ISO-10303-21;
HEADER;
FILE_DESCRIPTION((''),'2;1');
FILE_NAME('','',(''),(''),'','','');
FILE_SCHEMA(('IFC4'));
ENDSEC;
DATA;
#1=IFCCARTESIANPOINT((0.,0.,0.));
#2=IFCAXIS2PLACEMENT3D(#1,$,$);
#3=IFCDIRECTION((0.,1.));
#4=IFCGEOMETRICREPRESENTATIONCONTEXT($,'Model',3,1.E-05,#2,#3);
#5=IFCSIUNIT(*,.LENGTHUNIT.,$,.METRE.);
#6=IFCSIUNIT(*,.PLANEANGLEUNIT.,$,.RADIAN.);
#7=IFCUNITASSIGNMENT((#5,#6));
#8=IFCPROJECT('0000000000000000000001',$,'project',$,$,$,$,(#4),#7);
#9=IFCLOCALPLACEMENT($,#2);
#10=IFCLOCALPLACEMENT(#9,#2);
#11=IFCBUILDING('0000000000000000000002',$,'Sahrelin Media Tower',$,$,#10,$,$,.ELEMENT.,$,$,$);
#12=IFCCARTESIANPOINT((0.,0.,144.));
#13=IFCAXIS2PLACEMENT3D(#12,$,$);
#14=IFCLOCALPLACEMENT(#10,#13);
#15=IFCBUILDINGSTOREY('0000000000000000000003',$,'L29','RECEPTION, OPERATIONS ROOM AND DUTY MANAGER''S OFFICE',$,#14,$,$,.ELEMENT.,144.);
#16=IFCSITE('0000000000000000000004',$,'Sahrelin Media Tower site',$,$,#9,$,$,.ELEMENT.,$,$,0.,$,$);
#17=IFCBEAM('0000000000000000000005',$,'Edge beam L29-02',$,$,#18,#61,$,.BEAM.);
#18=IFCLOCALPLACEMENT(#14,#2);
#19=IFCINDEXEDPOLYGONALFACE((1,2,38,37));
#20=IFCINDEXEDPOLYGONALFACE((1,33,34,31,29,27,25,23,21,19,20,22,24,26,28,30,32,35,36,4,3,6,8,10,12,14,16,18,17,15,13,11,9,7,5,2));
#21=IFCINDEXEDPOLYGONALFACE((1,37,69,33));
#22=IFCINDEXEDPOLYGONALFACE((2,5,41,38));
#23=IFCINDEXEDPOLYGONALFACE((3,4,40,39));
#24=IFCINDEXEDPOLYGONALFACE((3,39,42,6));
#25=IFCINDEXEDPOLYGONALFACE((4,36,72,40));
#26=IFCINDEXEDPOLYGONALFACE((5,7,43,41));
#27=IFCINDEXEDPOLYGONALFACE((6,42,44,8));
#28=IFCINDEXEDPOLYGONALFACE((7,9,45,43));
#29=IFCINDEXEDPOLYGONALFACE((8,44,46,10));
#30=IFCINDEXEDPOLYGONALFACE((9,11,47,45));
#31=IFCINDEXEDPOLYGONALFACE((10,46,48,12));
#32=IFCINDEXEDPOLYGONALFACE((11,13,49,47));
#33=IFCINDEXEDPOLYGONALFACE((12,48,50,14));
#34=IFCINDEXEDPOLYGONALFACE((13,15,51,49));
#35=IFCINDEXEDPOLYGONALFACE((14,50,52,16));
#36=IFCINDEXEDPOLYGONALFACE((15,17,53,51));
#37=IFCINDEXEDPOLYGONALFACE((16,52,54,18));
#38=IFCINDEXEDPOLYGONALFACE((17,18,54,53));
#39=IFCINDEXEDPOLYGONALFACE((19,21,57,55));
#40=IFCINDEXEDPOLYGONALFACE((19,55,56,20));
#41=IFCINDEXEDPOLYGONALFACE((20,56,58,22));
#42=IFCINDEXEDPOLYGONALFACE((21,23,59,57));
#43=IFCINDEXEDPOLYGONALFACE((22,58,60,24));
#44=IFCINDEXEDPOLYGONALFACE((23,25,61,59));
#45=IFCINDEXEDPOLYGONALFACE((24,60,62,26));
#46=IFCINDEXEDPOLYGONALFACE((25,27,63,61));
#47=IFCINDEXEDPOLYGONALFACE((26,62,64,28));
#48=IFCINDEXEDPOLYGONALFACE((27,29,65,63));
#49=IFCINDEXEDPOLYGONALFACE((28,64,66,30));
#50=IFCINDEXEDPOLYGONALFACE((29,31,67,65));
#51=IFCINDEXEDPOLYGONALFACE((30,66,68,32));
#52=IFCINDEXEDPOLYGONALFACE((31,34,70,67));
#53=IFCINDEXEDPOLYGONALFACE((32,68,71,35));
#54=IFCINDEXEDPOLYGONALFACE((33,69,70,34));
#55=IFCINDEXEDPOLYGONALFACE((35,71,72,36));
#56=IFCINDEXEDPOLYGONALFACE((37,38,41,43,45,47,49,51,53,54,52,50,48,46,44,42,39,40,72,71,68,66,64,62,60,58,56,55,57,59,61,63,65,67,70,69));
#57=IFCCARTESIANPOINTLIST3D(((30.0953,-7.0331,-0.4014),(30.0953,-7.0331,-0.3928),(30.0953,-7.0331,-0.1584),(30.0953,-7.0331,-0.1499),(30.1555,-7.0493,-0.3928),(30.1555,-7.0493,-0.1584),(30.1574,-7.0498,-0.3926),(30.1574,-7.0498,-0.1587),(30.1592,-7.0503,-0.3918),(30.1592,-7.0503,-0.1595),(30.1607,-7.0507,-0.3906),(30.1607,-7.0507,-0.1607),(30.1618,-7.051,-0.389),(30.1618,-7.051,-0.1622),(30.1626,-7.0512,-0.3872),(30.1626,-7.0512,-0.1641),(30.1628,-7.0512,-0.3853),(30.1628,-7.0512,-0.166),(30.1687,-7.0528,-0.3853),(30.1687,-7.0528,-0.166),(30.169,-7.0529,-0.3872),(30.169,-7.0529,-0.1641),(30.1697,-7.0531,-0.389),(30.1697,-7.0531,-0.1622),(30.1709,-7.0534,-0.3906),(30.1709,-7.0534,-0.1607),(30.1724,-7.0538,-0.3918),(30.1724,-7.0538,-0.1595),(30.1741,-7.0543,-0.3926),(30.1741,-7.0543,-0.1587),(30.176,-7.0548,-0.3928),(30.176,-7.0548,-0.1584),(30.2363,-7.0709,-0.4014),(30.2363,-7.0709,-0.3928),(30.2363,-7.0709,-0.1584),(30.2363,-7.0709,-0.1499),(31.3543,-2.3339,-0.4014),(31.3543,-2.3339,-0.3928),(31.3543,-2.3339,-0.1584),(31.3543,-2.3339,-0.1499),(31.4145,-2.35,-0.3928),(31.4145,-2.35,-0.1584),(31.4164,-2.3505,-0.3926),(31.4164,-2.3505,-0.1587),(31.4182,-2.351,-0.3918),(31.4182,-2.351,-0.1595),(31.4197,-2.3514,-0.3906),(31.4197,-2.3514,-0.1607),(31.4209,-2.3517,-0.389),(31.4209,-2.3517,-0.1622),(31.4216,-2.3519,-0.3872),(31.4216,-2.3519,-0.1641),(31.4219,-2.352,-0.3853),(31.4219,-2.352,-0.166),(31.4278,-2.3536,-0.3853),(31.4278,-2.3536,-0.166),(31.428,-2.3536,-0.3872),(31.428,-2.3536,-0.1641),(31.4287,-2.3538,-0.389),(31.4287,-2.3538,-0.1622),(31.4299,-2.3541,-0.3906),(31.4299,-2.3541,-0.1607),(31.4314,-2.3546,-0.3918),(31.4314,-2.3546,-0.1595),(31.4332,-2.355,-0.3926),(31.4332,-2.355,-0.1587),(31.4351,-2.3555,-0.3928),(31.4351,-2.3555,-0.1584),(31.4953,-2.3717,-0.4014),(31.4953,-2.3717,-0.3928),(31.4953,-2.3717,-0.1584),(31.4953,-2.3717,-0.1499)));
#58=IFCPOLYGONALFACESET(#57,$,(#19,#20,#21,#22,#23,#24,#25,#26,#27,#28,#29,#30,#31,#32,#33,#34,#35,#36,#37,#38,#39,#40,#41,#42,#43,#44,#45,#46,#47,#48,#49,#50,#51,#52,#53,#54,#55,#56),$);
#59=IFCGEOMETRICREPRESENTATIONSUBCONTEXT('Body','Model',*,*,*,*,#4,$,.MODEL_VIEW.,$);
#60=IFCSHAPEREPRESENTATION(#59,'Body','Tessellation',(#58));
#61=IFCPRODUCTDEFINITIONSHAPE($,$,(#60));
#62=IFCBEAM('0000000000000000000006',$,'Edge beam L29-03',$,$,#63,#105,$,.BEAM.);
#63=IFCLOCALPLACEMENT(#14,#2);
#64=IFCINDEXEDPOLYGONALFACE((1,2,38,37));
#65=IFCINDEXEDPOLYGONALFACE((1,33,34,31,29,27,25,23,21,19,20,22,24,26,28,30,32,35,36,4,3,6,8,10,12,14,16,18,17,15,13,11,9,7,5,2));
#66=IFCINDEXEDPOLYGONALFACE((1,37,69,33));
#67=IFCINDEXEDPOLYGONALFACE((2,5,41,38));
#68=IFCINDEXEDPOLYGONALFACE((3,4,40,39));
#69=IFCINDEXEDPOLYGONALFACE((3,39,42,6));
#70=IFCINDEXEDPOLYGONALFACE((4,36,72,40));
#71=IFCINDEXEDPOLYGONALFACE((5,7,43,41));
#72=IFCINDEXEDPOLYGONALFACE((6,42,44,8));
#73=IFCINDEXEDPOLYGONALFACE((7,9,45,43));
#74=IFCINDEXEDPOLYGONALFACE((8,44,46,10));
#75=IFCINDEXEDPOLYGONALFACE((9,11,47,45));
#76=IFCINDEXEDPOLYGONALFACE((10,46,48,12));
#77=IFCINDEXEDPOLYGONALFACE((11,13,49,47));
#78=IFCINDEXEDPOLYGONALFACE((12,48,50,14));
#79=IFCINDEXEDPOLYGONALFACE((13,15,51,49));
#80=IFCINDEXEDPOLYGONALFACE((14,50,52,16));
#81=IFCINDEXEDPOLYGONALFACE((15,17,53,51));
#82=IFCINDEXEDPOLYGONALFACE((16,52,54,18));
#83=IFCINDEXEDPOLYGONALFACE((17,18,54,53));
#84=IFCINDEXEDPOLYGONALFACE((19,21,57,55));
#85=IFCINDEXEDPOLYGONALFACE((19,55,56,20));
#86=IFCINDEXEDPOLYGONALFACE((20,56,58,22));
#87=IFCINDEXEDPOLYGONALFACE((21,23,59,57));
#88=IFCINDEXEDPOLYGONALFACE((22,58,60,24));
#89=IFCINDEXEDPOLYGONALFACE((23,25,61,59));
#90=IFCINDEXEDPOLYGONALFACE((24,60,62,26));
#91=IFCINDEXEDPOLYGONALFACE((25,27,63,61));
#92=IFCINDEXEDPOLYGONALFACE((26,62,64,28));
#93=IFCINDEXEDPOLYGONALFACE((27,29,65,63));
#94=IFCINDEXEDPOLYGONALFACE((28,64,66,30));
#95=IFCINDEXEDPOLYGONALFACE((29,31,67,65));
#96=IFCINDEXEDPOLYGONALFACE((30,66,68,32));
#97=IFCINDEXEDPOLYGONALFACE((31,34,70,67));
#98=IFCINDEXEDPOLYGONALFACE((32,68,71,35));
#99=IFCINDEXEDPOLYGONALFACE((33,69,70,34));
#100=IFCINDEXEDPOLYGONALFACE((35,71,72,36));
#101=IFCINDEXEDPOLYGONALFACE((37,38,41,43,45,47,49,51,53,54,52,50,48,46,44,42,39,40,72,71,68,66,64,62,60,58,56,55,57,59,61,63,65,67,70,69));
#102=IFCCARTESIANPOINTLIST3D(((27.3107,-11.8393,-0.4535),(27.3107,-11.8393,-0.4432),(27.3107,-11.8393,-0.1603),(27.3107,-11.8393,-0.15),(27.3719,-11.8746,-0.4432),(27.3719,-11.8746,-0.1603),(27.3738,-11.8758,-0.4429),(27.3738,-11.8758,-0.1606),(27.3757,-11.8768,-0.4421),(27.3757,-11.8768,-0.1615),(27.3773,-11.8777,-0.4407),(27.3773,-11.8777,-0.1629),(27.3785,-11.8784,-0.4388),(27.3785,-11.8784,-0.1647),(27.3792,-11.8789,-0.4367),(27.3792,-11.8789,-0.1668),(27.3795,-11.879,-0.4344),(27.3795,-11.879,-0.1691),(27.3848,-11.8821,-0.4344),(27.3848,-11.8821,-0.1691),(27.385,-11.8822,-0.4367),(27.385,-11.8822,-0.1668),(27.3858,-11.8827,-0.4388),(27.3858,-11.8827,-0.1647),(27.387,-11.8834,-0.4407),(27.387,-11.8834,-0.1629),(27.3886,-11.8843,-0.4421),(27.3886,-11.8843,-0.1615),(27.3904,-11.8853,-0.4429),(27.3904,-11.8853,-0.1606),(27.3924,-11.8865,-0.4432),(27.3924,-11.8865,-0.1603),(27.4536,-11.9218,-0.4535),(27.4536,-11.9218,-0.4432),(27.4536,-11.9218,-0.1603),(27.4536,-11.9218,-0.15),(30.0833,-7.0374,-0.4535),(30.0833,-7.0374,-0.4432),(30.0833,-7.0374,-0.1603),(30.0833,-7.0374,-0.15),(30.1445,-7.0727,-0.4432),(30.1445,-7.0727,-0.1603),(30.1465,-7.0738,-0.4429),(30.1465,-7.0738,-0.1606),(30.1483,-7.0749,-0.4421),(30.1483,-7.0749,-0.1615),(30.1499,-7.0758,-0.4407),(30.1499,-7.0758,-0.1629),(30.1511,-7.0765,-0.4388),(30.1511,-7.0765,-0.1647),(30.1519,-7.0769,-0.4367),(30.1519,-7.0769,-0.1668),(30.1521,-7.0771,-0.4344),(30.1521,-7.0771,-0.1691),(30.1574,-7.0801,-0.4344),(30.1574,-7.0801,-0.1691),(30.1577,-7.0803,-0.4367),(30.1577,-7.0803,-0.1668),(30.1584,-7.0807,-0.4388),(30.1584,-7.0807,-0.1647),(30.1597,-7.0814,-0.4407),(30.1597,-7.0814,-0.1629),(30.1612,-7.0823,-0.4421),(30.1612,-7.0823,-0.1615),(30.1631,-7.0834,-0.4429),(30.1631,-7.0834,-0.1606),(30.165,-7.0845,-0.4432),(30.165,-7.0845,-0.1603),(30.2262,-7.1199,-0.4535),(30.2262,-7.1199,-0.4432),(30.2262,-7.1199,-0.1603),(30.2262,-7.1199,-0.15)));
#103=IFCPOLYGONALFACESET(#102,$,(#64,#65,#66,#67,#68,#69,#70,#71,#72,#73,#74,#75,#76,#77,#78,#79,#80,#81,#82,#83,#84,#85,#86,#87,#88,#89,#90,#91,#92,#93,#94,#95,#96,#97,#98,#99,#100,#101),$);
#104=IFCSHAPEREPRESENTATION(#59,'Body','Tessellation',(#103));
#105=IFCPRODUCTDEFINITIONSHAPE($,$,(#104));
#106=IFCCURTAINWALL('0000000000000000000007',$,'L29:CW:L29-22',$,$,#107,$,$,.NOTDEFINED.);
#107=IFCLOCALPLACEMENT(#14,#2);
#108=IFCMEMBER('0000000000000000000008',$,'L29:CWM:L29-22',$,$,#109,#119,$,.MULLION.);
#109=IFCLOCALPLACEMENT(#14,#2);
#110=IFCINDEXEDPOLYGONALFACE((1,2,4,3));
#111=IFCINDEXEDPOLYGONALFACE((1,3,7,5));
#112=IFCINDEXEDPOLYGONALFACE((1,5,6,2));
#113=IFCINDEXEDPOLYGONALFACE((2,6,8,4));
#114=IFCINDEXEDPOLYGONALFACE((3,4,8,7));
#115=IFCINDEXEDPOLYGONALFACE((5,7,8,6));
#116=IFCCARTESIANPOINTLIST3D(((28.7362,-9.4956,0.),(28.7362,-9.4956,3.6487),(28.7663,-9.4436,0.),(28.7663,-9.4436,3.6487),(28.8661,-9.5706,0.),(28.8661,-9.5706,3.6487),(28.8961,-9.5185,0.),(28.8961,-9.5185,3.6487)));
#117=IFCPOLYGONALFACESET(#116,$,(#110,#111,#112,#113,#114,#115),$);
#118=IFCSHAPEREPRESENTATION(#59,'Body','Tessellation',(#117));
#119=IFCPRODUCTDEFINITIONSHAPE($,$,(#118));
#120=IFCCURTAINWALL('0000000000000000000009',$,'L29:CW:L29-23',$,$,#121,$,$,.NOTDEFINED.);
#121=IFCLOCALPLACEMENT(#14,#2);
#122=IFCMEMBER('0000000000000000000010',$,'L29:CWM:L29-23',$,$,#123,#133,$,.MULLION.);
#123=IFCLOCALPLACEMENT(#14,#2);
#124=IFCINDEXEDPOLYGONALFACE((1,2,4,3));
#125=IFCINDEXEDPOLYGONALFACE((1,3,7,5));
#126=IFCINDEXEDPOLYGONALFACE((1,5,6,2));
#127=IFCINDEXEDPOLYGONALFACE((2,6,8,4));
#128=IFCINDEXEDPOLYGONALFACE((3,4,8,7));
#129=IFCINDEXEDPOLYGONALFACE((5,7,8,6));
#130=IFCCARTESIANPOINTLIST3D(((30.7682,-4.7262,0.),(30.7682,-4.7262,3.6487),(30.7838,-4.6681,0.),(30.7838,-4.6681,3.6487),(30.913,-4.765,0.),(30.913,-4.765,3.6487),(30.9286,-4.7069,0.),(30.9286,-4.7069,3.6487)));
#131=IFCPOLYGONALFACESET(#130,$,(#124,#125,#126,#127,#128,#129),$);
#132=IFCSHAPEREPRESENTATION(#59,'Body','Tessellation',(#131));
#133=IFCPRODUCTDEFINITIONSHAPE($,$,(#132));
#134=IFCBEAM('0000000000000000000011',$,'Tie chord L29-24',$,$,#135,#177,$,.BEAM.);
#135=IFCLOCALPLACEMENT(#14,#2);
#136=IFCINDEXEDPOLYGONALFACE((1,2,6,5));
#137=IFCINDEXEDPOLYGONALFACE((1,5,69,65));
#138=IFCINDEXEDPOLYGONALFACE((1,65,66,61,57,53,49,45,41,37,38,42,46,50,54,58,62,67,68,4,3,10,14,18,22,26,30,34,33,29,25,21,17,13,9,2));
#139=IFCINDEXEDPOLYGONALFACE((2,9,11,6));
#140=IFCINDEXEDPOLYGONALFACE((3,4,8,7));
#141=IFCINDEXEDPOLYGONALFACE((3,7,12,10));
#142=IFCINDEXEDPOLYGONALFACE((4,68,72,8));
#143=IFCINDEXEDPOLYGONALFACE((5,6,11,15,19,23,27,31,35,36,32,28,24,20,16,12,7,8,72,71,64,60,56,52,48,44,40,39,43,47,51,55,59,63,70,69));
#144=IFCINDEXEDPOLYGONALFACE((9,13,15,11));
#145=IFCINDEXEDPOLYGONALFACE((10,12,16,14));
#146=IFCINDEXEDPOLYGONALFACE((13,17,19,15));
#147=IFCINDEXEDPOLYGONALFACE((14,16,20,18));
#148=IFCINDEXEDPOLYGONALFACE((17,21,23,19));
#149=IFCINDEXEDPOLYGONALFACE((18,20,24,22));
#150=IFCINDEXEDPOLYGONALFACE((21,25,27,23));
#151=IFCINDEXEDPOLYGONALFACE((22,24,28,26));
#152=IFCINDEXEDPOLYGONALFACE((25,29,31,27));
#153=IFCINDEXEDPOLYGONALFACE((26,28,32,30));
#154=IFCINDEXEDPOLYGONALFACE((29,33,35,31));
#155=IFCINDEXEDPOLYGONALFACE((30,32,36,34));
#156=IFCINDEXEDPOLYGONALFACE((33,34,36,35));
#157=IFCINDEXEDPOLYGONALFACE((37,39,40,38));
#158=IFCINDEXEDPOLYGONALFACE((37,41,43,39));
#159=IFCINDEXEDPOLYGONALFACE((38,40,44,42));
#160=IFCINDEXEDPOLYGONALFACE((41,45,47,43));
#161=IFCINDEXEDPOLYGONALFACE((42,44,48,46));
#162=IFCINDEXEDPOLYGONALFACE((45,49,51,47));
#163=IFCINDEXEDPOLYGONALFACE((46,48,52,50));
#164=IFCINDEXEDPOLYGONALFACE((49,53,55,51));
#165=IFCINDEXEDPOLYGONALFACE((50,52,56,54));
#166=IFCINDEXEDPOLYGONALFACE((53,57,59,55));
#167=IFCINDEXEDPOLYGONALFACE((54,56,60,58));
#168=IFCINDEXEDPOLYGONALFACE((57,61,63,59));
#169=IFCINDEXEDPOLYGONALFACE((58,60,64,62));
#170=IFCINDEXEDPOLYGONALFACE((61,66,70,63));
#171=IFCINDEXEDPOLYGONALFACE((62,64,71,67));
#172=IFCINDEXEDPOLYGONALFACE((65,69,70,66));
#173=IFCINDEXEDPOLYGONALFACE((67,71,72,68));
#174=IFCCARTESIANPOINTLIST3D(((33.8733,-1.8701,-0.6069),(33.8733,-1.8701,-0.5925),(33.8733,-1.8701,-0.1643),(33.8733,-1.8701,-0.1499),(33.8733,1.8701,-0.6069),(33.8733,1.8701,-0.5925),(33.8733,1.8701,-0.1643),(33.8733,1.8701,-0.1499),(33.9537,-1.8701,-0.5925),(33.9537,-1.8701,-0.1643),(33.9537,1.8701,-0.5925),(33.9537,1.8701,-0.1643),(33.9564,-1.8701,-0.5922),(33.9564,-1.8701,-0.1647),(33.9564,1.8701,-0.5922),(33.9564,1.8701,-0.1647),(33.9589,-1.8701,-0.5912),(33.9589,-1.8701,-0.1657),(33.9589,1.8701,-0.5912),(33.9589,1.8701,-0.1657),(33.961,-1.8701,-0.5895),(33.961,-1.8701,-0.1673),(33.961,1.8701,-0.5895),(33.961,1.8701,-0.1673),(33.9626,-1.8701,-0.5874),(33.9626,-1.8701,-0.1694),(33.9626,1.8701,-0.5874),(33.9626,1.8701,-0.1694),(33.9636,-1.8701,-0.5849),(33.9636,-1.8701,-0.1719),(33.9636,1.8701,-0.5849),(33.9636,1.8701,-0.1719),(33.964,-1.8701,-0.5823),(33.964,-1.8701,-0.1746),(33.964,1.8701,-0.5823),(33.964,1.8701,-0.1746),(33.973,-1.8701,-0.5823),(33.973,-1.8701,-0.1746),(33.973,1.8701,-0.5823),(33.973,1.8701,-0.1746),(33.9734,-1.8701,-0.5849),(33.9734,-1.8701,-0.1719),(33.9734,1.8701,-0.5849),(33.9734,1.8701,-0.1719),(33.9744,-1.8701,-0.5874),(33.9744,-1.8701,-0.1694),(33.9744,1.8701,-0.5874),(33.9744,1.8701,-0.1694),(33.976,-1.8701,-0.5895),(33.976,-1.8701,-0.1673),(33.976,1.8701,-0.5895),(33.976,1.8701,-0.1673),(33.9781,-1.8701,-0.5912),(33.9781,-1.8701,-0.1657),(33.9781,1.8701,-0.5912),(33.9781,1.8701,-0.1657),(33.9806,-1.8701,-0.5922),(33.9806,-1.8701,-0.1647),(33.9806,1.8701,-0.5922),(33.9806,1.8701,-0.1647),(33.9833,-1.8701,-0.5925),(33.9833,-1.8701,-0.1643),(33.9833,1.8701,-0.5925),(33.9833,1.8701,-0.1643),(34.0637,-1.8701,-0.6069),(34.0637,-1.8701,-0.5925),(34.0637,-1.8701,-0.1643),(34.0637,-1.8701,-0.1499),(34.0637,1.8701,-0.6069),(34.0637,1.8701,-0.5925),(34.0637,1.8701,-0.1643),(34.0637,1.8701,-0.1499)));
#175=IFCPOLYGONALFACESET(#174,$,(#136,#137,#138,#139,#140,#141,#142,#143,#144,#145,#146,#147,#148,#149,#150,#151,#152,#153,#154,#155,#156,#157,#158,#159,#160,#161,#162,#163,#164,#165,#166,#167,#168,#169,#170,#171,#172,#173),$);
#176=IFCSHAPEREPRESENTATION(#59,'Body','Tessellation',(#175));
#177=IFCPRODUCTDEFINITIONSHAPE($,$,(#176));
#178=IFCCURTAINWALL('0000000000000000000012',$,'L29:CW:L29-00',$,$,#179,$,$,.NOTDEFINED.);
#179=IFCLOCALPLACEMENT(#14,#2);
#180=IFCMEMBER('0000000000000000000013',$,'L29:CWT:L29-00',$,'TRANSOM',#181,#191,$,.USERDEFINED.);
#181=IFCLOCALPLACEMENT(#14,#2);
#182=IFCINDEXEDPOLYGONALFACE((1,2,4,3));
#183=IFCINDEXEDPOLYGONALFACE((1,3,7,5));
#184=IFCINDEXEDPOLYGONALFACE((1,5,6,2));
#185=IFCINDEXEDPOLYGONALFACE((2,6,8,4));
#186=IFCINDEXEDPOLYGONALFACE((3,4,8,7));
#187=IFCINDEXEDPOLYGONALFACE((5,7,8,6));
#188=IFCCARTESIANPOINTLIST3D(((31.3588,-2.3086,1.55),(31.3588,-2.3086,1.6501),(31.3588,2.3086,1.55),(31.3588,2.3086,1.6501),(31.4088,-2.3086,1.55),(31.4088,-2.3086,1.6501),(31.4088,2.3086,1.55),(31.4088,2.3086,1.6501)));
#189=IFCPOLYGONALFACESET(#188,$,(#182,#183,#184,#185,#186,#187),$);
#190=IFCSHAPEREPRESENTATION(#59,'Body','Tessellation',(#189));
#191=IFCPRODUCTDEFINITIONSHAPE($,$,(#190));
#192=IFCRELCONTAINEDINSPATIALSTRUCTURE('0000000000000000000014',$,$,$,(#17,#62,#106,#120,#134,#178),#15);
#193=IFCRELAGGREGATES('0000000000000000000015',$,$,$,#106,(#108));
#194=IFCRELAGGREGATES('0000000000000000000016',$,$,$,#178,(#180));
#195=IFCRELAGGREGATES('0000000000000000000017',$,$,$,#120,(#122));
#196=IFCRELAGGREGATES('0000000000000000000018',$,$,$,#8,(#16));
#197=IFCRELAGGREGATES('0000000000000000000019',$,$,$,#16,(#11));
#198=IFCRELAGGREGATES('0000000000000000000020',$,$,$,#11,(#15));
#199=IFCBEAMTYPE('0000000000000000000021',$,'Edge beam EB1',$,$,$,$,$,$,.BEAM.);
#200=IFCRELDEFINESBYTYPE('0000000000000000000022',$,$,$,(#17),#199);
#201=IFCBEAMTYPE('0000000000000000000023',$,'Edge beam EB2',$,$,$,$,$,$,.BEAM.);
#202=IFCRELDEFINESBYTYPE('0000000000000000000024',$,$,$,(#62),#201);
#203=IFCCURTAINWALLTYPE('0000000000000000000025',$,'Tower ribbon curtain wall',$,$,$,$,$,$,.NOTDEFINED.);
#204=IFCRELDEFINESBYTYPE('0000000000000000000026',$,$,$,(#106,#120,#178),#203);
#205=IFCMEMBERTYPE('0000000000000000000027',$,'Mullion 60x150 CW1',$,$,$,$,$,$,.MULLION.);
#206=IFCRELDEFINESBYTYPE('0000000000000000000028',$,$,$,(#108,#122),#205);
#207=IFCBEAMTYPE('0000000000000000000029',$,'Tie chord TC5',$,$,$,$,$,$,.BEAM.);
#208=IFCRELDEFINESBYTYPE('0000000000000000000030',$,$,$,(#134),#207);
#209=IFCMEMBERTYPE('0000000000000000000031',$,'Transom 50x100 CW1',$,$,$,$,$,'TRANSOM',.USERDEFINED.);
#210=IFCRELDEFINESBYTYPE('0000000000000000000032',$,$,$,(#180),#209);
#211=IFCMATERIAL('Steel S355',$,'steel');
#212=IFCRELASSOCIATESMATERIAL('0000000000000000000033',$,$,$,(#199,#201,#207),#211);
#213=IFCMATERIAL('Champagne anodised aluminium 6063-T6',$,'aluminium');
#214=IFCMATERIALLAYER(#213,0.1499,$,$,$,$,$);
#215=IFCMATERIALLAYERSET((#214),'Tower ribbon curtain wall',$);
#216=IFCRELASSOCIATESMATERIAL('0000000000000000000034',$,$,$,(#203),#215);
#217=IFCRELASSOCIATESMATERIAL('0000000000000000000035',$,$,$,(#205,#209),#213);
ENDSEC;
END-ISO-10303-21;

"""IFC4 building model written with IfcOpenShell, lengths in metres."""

from ifc_helpers import new_model, si_unit, direction, frame, origin, origin_2d, place, context, subcontext, project, spatial, rectangle, i_section, extrude, material, layer, layer_set, material_profile, profile_set, type_object, element, aggregate, save


model = new_model("IFC4")

# Units and contexts
model_context = context("Model", 3, precision=1e-05, world=origin(), true_north=direction((0.0, 1.0)))
body_context = subcontext(model_context, "Body", "Model", "MODEL_VIEW")
ifc_project = project(units=[si_unit("LENGTHUNIT", "METRE"), si_unit("PLANEANGLEUNIT", "RADIAN")], contexts=[model_context])

# Site, building, storey
site_placement = place(None, origin())
site = spatial("IfcSite", under=ifc_project, at=site_placement, Name="Sahrelin Media Tower site", CompositionType="ELEMENT", RefElevation=0.0)
building_placement = place(site_placement, origin())
building = spatial("IfcBuilding", under=site, at=building_placement, Name="Sahrelin Media Tower", CompositionType="ELEMENT")
storey_placement = place(building_placement, frame((0.0, 0.0, 144.0)))
storey = spatial("IfcBuildingStorey", under=building, at=storey_placement, Name="L29", Description="RECEPTION, OPERATIONS ROOM AND DUTY MANAGER'S OFFICE", CompositionType="ELEMENT", Elevation=144.0)

# Beams
ifc_material_1 = material(Name="Steel S355", Category="steel")
ifc_material_profile_1 = material_profile(ifc_material_1, i_section(OverallWidth=0.146, OverallDepth=0.2515, WebThickness=0.0061, FlangeThickness=0.0085, FilletRadius=0.0076, at=origin_2d()), Name="UB 254x146x31")
ifc_profile_set_1 = profile_set([ifc_material_profile_1], Name="Steel S355")
beam_type_1 = type_object("IfcBeamType", Name="Edge beam EB1", PredefinedType="BEAM", material=ifc_profile_set_1)
beam_1_placement = place(storey_placement, frame((31.4248, -2.3528, -0.2756), z_axis=(-0.258796, -0.965932, 0.0), x_axis=(0.965932, -0.258796, 0.0)))
element("IfcBeam", 1, at=beam_1_placement, inside=storey, type_object=beam_type_1, Name="Edge beam L29-02", PredefinedType="BEAM", context=body_context, shape_type="SweptSolid", body=[
    extrude(i_section(OverallWidth=0.146, OverallDepth=0.2515, WebThickness=0.0061, FlangeThickness=0.0085, FilletRadius=0.0076, at=origin_2d()), origin(), (0.0, 0.0, 1.0), 4.865),
])
ifc_material_profile_2 = material_profile(ifc_material_1, i_section(OverallWidth=0.165, OverallDepth=0.3035, WebThickness=0.0061, FlangeThickness=0.0103, FilletRadius=0.0088, at=origin_2d()), Name="UB 305x165x40")
ifc_profile_set_2 = profile_set([ifc_material_profile_2], Name="Steel S355")
beam_type_2 = type_object("IfcBeamType", Name="Edge beam EB2", PredefinedType="BEAM", material=ifc_profile_set_2)
beam_2_placement = place(storey_placement, frame((30.1548, -7.0786, -0.3018), z_axis=(-0.500036, -0.866004, 0.0), x_axis=(0.866004, -0.500036, 0.0)))
element("IfcBeam", 2, at=beam_2_placement, inside=storey, type_object=beam_type_2, Name="Edge beam L29-03", PredefinedType="BEAM", context=body_context, shape_type="SweptSolid", body=[
    extrude(i_section(OverallWidth=0.165, OverallDepth=0.3035, WebThickness=0.0061, FlangeThickness=0.0103, FilletRadius=0.0088, at=origin_2d()), origin(), (0.0, 0.0, 1.0), 5.5449),
])

# Curtain walls, members
ifc_material_2 = material(Name="Champagne anodised aluminium 6063-T6", Category="aluminium")
ifc_layer_1 = layer(ifc_material_2, 0.1499)
ifc_layer_set_1 = layer_set([ifc_layer_1], Name="Tower ribbon curtain wall")
curtain_wall_type = type_object("IfcCurtainWallType", Name="Tower ribbon curtain wall", PredefinedType="NOTDEFINED", material=ifc_layer_set_1)
curtain_wall_1_placement = place(storey_placement, frame((28.8984, -9.5547, 0.0), z_axis=(0.0, 0.0, 1.0), x_axis=(1.0, 0.0, 0.0)))
curtain_wall_1 = element("IfcCurtainWall", 3, at=curtain_wall_1_placement, inside=storey, type_object=curtain_wall_type, Name="L29:CW:L29-22", PredefinedType="NOTDEFINED")
ifc_material_profile_3 = material_profile(ifc_material_2, rectangle(XDim=0.0601, YDim=0.1499, at=origin_2d()), Name="Mullion 60x150")
ifc_profile_set_3 = profile_set([ifc_material_profile_3], Name="Champagne anodised aluminium 6063-T6")
member_type_1 = type_object("IfcMemberType", Name="Mullion 60x150 CW1", PredefinedType="MULLION", material=ifc_profile_set_3)
member_1_placement = place(storey_placement, frame((28.8162, -9.5071, 0.0), z_axis=(0.0, 0.0, 1.0), x_axis=(0.499994, 0.866029, 0.0)))
member_1 = element("IfcMember", 4, at=member_1_placement, type_object=member_type_1, Name="L29:CWM:L29-22", PredefinedType="MULLION", context=body_context, shape_type="SweptSolid", body=[
    extrude(rectangle(XDim=0.0601, YDim=0.1499, at=origin_2d()), origin(), (0.0, 0.0, 1.0), 3.6487),
])
aggregate(curtain_wall_1, [member_1])
curtain_wall_2_placement = place(storey_placement, frame((30.9402, -4.7412, 0.0), z_axis=(0.0, 0.0, 1.0), x_axis=(1.0, 0.0, 0.0)))
curtain_wall_2 = element("IfcCurtainWall", 5, at=curtain_wall_2_placement, inside=storey, type_object=curtain_wall_type, Name="L29:CW:L29-23", PredefinedType="NOTDEFINED")
member_2_placement = place(storey_placement, frame((30.8484, -4.7166, 0.0), z_axis=(0.0, 0.0, 1.0), x_axis=(0.258827, 0.965924, 0.0)))
member_2 = element("IfcMember", 6, at=member_2_placement, type_object=member_type_1, Name="L29:CWM:L29-23", PredefinedType="MULLION", context=body_context, shape_type="SweptSolid", body=[
    extrude(rectangle(XDim=0.0601, YDim=0.1499, at=origin_2d()), origin(), (0.0, 0.0, 1.0), 3.6487),
])

# Beam
ifc_material_profile_4 = material_profile(ifc_material_1, i_section(OverallWidth=0.1904, OverallDepth=0.457, WebThickness=0.009, FlangeThickness=0.0144, FilletRadius=0.0103, at=origin_2d()), Name="UB 457x191x74")
ifc_profile_set_4 = profile_set([ifc_material_profile_4], Name="Steel S355")
beam_type_3 = type_object("IfcBeamType", Name="Tie chord TC5", PredefinedType="BEAM", material=ifc_profile_set_4)
beam_3_placement = place(storey_placement, frame((33.9685, -1.8701, -0.3784), z_axis=(0.0, 1.0, 0.0), x_axis=(-1.0, 0.0, 0.0)))
element("IfcBeam", 7, at=beam_3_placement, inside=storey, type_object=beam_type_3, Name="Tie chord L29-24", PredefinedType="BEAM", context=body_context, shape_type="SweptSolid", body=[
    extrude(i_section(OverallWidth=0.1904, OverallDepth=0.457, WebThickness=0.009, FlangeThickness=0.0144, FilletRadius=0.0103, at=origin_2d()), origin(), (0.0, 0.0, 1.0), 3.7402),
])

# Curtain wall, member
curtain_wall_3_placement = place(storey_placement, frame((31.5786, 0.0, 0.0), z_axis=(0.0, 0.0, 1.0), x_axis=(1.0, 0.0, 0.0)))
curtain_wall_3 = element("IfcCurtainWall", 8, at=curtain_wall_3_placement, inside=storey, type_object=curtain_wall_type, Name="L29:CW:L29-00", PredefinedType="NOTDEFINED")
ifc_material_profile_5 = material_profile(ifc_material_2, rectangle(XDim=0.05, YDim=0.1001, at=origin_2d()), Name="Transom 50x100")
ifc_profile_set_5 = profile_set([ifc_material_profile_5], Name="Champagne anodised aluminium 6063-T6")
member_type_2 = type_object("IfcMemberType", Name="Transom 50x100 CW1", ElementType="TRANSOM", PredefinedType="USERDEFINED", material=ifc_profile_set_5)
member_3_placement = place(storey_placement, frame((31.3838, -2.3086, 1.6001), z_axis=(0.0, 1.0, 0.0), x_axis=(-1.0, 0.0, 0.0)))
member_3 = element("IfcMember", 9, at=member_3_placement, type_object=member_type_2, Name="L29:CWT:L29-00", ObjectType="TRANSOM", PredefinedType="USERDEFINED", context=body_context, shape_type="SweptSolid", body=[
    extrude(rectangle(XDim=0.05, YDim=0.1001, at=origin_2d()), origin(), (0.0, 0.0, 1.0), 4.6172),
])

aggregate(curtain_wall_3, [member_3])
aggregate(curtain_wall_2, [member_2])

save(model, "model.ifc")
